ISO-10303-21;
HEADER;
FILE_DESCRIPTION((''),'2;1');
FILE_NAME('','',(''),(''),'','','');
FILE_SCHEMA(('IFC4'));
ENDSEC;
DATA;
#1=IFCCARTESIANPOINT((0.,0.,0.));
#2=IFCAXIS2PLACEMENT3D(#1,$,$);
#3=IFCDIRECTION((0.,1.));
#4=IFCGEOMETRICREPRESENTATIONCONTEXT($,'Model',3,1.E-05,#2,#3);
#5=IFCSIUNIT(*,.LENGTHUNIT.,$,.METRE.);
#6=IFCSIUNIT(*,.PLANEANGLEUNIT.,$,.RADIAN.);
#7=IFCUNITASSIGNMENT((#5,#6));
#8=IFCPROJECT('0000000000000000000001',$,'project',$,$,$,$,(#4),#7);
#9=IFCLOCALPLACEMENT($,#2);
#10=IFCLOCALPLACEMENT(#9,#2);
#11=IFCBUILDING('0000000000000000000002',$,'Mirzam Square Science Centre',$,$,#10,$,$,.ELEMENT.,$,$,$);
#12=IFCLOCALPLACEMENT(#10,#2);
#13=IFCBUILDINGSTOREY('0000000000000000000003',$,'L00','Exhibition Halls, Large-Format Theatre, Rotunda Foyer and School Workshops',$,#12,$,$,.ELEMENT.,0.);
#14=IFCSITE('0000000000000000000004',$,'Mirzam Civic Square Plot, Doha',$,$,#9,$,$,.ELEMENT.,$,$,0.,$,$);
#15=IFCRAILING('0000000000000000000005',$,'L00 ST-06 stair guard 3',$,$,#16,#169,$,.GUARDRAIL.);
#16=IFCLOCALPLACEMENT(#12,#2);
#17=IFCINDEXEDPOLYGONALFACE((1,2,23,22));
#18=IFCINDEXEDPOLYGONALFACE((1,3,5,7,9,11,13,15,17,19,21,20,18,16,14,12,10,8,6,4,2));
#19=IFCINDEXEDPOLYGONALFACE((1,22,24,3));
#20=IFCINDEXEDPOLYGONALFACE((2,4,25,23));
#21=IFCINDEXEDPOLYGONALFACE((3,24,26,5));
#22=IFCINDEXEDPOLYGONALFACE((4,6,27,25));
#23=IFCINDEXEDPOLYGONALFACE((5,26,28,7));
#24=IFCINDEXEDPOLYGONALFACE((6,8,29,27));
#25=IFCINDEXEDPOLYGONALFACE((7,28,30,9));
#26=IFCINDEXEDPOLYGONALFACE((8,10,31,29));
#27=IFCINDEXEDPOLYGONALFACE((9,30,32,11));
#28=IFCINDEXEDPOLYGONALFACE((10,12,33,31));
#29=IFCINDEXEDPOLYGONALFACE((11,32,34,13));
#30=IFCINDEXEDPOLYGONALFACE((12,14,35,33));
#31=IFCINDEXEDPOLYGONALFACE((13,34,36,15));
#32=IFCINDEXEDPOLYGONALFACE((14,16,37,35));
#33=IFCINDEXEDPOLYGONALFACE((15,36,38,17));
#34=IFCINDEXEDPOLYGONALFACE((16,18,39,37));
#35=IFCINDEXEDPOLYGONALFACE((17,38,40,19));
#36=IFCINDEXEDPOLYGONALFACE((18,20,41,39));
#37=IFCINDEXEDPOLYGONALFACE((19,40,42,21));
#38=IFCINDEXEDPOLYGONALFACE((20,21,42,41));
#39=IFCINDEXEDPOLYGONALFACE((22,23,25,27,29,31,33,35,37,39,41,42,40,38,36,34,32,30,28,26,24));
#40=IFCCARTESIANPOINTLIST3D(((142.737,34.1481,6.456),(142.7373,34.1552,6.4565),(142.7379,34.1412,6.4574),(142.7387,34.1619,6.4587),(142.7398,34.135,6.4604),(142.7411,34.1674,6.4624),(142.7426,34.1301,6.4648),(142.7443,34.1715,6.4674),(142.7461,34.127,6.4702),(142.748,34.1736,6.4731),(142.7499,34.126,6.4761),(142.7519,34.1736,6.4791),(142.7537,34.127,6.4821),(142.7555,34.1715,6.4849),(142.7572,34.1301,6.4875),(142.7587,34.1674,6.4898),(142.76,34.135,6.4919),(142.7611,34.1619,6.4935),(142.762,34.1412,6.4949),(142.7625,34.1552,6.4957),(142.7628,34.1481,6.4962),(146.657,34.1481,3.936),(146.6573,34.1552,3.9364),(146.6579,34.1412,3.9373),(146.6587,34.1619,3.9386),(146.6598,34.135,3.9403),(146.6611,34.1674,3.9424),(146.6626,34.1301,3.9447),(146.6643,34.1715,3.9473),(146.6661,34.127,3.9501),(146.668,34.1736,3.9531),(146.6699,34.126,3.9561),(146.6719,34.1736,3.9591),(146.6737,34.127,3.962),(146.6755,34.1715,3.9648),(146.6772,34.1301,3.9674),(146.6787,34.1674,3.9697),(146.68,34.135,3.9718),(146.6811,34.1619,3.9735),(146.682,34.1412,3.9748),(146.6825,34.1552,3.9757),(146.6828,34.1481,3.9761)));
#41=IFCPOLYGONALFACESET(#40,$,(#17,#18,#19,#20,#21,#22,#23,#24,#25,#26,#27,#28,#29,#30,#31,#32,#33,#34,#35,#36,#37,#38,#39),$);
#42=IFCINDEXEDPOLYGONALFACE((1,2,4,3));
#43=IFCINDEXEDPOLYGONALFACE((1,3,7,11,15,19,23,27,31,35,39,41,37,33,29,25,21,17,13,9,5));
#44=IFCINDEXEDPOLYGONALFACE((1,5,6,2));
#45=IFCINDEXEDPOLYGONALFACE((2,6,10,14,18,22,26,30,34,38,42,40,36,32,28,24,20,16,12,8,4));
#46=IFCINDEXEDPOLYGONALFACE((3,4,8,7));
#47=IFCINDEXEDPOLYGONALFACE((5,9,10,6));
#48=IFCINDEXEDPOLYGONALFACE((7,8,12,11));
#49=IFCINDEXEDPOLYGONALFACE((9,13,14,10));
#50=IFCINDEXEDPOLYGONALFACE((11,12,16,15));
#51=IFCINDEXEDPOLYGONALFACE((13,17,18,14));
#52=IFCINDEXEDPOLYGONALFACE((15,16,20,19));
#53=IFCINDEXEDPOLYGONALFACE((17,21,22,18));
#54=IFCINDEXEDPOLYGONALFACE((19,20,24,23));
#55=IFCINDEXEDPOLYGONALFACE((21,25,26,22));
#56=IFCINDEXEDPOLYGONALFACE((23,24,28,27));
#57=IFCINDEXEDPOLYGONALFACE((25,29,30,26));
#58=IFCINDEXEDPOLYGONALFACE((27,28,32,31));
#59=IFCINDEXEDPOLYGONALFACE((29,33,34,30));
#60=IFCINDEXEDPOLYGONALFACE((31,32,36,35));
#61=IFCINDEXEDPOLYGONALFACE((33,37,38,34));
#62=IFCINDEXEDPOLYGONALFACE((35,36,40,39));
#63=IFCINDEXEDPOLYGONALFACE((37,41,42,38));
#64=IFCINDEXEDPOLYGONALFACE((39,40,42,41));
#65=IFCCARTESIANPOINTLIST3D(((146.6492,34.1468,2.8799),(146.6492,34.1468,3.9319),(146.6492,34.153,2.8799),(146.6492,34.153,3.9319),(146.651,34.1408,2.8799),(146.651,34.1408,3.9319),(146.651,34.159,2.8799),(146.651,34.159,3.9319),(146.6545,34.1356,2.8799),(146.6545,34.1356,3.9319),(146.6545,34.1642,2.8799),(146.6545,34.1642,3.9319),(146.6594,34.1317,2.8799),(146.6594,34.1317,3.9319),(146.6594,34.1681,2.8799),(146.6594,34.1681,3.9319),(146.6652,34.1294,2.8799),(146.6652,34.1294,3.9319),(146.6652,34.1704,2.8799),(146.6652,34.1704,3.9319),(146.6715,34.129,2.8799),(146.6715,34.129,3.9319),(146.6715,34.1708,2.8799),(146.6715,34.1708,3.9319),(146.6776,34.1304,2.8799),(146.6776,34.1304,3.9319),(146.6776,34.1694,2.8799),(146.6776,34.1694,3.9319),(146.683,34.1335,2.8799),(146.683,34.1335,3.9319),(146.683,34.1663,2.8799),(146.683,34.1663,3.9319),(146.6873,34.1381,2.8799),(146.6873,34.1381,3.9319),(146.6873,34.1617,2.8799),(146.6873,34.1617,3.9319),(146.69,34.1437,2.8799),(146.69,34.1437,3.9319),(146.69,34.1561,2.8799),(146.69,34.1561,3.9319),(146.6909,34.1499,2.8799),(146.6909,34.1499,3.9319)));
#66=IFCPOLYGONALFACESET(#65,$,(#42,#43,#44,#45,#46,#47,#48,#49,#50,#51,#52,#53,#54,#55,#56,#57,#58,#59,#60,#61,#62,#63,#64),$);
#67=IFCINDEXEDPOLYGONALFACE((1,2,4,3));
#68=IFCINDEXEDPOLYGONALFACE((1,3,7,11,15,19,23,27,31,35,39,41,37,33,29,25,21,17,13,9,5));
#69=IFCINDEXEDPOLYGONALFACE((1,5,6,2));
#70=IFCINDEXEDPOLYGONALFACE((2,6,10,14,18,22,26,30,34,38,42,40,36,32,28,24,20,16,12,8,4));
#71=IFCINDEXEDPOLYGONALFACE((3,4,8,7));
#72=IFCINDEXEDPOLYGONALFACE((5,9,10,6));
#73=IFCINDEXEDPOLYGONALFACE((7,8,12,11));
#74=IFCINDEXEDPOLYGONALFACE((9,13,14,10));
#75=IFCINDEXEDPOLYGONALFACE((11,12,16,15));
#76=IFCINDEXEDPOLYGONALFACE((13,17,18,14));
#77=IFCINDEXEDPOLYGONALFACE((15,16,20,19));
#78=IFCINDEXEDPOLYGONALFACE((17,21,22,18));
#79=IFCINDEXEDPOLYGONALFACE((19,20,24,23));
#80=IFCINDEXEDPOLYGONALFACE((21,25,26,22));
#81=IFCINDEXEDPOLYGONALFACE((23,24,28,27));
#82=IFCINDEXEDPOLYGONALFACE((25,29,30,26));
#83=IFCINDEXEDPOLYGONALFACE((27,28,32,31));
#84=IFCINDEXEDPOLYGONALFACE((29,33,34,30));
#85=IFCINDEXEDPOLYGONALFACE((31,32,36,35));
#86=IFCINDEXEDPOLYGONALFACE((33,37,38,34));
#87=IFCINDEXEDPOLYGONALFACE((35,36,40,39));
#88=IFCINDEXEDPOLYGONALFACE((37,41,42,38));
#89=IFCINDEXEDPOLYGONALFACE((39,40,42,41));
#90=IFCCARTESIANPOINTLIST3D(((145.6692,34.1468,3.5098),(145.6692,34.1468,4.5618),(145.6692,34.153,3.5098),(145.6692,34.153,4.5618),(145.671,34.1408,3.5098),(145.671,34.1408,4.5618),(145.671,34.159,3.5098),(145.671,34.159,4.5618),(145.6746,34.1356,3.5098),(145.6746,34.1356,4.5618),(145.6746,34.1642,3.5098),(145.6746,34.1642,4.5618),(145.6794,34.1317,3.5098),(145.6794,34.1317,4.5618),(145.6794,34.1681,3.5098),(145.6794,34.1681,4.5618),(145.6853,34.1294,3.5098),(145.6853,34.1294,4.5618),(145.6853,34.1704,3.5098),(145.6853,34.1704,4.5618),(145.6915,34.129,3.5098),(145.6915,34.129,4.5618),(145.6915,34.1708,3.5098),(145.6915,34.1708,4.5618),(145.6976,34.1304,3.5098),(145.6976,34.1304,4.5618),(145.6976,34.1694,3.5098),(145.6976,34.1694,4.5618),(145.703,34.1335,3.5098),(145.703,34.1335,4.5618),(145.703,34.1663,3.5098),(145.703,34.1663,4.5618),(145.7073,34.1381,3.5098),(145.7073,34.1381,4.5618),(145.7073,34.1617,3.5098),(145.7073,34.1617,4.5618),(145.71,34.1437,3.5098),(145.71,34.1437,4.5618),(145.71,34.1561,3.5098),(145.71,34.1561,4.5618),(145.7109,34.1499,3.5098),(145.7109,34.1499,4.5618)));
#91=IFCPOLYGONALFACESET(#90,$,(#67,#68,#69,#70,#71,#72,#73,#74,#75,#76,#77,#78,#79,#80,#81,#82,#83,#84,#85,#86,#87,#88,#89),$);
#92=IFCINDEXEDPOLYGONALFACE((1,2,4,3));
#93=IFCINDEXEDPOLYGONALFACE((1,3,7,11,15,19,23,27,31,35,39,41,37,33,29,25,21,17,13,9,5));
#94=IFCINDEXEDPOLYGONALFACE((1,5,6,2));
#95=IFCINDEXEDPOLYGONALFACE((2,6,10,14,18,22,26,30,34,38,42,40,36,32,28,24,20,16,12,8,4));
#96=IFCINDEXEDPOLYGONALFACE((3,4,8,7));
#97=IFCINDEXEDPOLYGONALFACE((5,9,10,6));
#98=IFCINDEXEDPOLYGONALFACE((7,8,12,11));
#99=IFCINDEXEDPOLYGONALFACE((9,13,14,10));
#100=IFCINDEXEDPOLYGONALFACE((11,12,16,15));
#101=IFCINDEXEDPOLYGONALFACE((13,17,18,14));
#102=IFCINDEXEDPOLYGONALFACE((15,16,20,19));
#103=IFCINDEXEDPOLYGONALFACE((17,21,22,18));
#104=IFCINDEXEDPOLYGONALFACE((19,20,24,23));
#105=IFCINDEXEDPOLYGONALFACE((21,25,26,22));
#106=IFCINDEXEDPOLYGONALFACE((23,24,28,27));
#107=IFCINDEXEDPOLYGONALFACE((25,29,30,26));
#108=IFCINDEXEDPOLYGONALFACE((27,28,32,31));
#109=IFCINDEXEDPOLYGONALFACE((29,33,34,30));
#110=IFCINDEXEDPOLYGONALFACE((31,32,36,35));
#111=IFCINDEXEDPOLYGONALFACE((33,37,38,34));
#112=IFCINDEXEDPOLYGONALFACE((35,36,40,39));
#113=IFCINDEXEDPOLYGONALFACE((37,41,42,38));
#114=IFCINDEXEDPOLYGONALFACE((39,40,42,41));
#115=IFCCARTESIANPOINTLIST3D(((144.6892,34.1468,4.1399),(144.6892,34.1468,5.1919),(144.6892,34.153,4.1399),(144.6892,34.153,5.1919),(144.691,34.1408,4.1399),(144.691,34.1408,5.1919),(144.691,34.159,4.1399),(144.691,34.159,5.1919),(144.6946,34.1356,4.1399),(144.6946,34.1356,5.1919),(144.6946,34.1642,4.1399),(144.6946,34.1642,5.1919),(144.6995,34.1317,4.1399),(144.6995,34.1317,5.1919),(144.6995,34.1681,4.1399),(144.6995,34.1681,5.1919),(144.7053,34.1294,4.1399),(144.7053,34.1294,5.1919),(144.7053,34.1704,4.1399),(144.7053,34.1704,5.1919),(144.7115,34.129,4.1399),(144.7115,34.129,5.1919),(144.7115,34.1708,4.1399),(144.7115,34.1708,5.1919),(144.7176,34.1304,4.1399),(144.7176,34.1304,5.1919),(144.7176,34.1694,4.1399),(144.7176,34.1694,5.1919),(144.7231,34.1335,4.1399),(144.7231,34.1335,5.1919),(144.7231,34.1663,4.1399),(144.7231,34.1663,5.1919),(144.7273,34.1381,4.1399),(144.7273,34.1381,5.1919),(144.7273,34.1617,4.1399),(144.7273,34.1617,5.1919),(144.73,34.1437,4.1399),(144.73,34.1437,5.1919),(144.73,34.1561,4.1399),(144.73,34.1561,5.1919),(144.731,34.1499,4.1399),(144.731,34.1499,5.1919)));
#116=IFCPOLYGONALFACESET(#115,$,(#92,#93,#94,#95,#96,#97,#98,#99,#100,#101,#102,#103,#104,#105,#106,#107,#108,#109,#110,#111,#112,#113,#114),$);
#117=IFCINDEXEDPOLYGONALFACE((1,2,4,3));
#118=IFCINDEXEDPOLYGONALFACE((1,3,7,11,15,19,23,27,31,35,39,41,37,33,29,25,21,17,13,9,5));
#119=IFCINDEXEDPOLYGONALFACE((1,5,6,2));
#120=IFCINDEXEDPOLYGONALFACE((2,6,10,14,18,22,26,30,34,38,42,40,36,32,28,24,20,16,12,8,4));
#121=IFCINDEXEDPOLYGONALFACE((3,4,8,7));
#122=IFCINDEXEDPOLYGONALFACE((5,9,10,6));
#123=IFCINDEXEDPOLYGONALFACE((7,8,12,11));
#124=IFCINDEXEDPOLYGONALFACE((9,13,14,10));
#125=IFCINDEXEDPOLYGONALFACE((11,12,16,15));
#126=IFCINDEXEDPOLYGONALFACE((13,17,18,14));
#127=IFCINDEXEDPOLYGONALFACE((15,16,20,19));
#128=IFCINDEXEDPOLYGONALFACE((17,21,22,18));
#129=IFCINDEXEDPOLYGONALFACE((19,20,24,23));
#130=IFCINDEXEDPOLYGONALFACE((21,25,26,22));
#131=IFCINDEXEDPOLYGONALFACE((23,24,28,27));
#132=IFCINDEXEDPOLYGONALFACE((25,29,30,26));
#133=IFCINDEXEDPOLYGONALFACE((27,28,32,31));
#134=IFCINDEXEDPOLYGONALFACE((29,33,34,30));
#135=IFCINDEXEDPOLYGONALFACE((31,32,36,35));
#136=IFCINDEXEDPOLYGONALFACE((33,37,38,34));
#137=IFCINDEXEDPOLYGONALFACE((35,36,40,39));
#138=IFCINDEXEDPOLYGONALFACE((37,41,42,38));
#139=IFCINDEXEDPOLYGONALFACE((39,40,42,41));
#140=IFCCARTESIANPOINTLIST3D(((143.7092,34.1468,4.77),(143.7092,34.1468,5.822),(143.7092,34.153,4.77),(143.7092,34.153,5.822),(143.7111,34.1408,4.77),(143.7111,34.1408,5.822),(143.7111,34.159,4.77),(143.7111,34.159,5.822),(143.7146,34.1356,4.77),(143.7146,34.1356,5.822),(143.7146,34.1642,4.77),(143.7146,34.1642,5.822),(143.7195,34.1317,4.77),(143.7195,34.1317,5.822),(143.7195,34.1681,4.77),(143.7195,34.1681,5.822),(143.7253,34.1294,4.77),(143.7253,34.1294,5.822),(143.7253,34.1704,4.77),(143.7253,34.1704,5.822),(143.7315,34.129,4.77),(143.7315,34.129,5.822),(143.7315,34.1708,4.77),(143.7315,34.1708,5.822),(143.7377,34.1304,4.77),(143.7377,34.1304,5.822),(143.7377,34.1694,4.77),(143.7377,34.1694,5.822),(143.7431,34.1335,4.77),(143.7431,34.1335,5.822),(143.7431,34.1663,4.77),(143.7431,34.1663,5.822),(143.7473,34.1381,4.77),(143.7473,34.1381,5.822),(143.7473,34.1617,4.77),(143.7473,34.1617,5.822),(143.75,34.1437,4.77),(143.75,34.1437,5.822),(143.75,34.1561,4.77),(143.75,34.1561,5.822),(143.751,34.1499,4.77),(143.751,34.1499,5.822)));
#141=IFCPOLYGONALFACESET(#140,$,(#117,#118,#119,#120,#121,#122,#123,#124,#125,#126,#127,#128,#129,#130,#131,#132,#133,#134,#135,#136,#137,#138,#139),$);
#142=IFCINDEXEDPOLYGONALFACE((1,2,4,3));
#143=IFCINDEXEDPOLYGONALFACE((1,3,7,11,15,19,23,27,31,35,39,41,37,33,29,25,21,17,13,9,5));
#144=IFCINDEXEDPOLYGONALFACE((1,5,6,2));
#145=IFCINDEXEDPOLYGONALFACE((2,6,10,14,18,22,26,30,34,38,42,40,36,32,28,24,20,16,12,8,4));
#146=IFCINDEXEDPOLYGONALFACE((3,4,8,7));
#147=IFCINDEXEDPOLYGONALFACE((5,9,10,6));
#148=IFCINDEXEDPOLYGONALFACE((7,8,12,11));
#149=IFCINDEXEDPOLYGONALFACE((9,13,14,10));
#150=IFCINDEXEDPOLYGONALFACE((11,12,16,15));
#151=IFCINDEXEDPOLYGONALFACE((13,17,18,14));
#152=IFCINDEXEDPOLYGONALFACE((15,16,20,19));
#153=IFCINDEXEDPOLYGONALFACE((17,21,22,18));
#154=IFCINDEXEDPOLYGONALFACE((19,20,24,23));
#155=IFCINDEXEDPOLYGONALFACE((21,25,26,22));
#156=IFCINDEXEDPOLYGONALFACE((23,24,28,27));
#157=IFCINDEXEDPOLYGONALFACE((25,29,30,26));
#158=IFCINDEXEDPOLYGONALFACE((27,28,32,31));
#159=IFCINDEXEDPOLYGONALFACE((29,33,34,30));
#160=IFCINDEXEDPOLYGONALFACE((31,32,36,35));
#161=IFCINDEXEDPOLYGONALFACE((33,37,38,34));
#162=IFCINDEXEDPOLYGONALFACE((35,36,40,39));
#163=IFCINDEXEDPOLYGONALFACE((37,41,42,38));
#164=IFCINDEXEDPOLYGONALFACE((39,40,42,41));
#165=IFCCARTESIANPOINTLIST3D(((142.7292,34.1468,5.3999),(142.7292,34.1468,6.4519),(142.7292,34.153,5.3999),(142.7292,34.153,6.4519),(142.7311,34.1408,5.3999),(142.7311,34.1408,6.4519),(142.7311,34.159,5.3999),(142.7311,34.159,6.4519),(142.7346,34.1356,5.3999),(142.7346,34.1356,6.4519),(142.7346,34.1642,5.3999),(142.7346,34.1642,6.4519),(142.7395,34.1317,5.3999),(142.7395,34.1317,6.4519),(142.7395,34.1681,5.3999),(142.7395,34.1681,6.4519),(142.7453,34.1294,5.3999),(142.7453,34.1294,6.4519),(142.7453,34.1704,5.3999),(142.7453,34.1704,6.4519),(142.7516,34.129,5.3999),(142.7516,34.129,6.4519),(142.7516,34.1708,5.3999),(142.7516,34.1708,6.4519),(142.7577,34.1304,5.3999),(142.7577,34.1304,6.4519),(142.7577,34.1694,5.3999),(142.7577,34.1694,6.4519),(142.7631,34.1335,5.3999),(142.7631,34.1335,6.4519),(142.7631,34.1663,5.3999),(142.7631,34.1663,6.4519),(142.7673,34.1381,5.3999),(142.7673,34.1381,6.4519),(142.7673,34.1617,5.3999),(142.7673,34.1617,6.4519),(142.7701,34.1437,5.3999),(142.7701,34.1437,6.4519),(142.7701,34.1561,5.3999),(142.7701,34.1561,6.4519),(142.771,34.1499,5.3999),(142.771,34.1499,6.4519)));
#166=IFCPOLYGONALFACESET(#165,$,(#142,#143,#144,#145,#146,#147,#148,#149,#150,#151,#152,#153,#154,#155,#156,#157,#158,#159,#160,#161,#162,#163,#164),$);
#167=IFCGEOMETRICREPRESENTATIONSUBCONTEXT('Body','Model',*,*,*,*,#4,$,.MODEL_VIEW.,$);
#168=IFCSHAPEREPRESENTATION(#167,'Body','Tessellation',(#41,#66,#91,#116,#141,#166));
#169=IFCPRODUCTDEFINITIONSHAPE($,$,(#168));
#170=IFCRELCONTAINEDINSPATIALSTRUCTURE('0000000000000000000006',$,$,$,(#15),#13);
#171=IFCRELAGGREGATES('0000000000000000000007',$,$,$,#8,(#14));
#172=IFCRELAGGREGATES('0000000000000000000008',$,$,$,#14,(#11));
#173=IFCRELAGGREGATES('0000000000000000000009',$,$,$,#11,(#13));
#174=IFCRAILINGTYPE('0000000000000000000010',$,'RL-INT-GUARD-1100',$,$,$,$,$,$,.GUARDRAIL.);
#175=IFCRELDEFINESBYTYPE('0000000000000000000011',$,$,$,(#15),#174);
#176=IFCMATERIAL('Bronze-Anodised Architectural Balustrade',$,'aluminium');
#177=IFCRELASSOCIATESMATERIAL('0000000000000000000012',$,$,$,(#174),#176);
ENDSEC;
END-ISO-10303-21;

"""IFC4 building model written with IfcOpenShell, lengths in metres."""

from ifc_helpers import new_model, si_unit, direction, frame, origin, origin_2d, place, context, subcontext, project, spatial, circle, extrude, material, type_object, element, save


model = new_model("IFC4")

# Units and contexts
model_context = context("Model", 3, precision=1e-05, world=origin(), true_north=direction((0.0, 1.0)))
body_context = subcontext(model_context, "Body", "Model", "MODEL_VIEW")
ifc_project = project(units=[si_unit("LENGTHUNIT", "METRE"), si_unit("PLANEANGLEUNIT", "RADIAN")], contexts=[model_context])

# Site, building, storey
site_placement = place(None, origin())
site = spatial("IfcSite", under=ifc_project, at=site_placement, Name="Mirzam Civic Square Plot, Doha", CompositionType="ELEMENT", RefElevation=0.0)
building_placement = place(site_placement, origin())
building = spatial("IfcBuilding", under=site, at=building_placement, Name="Mirzam Square Science Centre", CompositionType="ELEMENT")
storey_placement = place(building_placement, origin())
storey = spatial("IfcBuildingStorey", under=building, at=storey_placement, Name="L00", Description="Exhibition Halls, Large-Format Theatre, Rotunda Foyer and School Workshops", CompositionType="ELEMENT", Elevation=0.0)

# Railing
ifc_material_1 = material(Name="Bronze-Anodised Architectural Balustrade", Category="aluminium")
railing_type_1 = type_object("IfcRailingType", Name="RL-INT-GUARD-1100", PredefinedType="GUARDRAIL", material=ifc_material_1)
railing_1_placement = place(storey_placement, frame((146.6699, 34.1499, 2.8799)))
element("IfcRailing", 1, at=railing_1_placement, inside=storey, type_object=railing_type_1, Name="L00 ST-06 stair guard 3", PredefinedType="GUARDRAIL", context=body_context, shape_type="SweptSolid", body=[
    extrude(circle(Radius=0.0239, at=origin_2d()), frame((0.0, 0.0, 1.0762), z_axis=(-0.841172, 0.0, 0.540768), x_axis=(0.0, -1.0, 0.0)), (0.0, 0.0, 1.0), 4.6602),
    extrude(circle(Radius=0.021, at=origin_2d()), origin(), (0.0, 0.0, 1.0), 1.052),
    extrude(circle(Radius=0.021, at=origin_2d()), frame((-0.98, 0.0, 0.6299)), (0.0, 0.0, 1.0), 1.052),
    extrude(circle(Radius=0.021, at=origin_2d()), frame((-1.96, 0.0, 1.26)), (0.0, 0.0, 1.0), 1.052),
    extrude(circle(Radius=0.021, at=origin_2d()), frame((-2.9399, 0.0, 1.8901)), (0.0, 0.0, 1.0), 1.052),
    extrude(circle(Radius=0.021, at=origin_2d()), frame((-3.9199, 0.0, 2.52)), (0.0, 0.0, 1.0), 1.052),
])

save(model, "model.ifc")
